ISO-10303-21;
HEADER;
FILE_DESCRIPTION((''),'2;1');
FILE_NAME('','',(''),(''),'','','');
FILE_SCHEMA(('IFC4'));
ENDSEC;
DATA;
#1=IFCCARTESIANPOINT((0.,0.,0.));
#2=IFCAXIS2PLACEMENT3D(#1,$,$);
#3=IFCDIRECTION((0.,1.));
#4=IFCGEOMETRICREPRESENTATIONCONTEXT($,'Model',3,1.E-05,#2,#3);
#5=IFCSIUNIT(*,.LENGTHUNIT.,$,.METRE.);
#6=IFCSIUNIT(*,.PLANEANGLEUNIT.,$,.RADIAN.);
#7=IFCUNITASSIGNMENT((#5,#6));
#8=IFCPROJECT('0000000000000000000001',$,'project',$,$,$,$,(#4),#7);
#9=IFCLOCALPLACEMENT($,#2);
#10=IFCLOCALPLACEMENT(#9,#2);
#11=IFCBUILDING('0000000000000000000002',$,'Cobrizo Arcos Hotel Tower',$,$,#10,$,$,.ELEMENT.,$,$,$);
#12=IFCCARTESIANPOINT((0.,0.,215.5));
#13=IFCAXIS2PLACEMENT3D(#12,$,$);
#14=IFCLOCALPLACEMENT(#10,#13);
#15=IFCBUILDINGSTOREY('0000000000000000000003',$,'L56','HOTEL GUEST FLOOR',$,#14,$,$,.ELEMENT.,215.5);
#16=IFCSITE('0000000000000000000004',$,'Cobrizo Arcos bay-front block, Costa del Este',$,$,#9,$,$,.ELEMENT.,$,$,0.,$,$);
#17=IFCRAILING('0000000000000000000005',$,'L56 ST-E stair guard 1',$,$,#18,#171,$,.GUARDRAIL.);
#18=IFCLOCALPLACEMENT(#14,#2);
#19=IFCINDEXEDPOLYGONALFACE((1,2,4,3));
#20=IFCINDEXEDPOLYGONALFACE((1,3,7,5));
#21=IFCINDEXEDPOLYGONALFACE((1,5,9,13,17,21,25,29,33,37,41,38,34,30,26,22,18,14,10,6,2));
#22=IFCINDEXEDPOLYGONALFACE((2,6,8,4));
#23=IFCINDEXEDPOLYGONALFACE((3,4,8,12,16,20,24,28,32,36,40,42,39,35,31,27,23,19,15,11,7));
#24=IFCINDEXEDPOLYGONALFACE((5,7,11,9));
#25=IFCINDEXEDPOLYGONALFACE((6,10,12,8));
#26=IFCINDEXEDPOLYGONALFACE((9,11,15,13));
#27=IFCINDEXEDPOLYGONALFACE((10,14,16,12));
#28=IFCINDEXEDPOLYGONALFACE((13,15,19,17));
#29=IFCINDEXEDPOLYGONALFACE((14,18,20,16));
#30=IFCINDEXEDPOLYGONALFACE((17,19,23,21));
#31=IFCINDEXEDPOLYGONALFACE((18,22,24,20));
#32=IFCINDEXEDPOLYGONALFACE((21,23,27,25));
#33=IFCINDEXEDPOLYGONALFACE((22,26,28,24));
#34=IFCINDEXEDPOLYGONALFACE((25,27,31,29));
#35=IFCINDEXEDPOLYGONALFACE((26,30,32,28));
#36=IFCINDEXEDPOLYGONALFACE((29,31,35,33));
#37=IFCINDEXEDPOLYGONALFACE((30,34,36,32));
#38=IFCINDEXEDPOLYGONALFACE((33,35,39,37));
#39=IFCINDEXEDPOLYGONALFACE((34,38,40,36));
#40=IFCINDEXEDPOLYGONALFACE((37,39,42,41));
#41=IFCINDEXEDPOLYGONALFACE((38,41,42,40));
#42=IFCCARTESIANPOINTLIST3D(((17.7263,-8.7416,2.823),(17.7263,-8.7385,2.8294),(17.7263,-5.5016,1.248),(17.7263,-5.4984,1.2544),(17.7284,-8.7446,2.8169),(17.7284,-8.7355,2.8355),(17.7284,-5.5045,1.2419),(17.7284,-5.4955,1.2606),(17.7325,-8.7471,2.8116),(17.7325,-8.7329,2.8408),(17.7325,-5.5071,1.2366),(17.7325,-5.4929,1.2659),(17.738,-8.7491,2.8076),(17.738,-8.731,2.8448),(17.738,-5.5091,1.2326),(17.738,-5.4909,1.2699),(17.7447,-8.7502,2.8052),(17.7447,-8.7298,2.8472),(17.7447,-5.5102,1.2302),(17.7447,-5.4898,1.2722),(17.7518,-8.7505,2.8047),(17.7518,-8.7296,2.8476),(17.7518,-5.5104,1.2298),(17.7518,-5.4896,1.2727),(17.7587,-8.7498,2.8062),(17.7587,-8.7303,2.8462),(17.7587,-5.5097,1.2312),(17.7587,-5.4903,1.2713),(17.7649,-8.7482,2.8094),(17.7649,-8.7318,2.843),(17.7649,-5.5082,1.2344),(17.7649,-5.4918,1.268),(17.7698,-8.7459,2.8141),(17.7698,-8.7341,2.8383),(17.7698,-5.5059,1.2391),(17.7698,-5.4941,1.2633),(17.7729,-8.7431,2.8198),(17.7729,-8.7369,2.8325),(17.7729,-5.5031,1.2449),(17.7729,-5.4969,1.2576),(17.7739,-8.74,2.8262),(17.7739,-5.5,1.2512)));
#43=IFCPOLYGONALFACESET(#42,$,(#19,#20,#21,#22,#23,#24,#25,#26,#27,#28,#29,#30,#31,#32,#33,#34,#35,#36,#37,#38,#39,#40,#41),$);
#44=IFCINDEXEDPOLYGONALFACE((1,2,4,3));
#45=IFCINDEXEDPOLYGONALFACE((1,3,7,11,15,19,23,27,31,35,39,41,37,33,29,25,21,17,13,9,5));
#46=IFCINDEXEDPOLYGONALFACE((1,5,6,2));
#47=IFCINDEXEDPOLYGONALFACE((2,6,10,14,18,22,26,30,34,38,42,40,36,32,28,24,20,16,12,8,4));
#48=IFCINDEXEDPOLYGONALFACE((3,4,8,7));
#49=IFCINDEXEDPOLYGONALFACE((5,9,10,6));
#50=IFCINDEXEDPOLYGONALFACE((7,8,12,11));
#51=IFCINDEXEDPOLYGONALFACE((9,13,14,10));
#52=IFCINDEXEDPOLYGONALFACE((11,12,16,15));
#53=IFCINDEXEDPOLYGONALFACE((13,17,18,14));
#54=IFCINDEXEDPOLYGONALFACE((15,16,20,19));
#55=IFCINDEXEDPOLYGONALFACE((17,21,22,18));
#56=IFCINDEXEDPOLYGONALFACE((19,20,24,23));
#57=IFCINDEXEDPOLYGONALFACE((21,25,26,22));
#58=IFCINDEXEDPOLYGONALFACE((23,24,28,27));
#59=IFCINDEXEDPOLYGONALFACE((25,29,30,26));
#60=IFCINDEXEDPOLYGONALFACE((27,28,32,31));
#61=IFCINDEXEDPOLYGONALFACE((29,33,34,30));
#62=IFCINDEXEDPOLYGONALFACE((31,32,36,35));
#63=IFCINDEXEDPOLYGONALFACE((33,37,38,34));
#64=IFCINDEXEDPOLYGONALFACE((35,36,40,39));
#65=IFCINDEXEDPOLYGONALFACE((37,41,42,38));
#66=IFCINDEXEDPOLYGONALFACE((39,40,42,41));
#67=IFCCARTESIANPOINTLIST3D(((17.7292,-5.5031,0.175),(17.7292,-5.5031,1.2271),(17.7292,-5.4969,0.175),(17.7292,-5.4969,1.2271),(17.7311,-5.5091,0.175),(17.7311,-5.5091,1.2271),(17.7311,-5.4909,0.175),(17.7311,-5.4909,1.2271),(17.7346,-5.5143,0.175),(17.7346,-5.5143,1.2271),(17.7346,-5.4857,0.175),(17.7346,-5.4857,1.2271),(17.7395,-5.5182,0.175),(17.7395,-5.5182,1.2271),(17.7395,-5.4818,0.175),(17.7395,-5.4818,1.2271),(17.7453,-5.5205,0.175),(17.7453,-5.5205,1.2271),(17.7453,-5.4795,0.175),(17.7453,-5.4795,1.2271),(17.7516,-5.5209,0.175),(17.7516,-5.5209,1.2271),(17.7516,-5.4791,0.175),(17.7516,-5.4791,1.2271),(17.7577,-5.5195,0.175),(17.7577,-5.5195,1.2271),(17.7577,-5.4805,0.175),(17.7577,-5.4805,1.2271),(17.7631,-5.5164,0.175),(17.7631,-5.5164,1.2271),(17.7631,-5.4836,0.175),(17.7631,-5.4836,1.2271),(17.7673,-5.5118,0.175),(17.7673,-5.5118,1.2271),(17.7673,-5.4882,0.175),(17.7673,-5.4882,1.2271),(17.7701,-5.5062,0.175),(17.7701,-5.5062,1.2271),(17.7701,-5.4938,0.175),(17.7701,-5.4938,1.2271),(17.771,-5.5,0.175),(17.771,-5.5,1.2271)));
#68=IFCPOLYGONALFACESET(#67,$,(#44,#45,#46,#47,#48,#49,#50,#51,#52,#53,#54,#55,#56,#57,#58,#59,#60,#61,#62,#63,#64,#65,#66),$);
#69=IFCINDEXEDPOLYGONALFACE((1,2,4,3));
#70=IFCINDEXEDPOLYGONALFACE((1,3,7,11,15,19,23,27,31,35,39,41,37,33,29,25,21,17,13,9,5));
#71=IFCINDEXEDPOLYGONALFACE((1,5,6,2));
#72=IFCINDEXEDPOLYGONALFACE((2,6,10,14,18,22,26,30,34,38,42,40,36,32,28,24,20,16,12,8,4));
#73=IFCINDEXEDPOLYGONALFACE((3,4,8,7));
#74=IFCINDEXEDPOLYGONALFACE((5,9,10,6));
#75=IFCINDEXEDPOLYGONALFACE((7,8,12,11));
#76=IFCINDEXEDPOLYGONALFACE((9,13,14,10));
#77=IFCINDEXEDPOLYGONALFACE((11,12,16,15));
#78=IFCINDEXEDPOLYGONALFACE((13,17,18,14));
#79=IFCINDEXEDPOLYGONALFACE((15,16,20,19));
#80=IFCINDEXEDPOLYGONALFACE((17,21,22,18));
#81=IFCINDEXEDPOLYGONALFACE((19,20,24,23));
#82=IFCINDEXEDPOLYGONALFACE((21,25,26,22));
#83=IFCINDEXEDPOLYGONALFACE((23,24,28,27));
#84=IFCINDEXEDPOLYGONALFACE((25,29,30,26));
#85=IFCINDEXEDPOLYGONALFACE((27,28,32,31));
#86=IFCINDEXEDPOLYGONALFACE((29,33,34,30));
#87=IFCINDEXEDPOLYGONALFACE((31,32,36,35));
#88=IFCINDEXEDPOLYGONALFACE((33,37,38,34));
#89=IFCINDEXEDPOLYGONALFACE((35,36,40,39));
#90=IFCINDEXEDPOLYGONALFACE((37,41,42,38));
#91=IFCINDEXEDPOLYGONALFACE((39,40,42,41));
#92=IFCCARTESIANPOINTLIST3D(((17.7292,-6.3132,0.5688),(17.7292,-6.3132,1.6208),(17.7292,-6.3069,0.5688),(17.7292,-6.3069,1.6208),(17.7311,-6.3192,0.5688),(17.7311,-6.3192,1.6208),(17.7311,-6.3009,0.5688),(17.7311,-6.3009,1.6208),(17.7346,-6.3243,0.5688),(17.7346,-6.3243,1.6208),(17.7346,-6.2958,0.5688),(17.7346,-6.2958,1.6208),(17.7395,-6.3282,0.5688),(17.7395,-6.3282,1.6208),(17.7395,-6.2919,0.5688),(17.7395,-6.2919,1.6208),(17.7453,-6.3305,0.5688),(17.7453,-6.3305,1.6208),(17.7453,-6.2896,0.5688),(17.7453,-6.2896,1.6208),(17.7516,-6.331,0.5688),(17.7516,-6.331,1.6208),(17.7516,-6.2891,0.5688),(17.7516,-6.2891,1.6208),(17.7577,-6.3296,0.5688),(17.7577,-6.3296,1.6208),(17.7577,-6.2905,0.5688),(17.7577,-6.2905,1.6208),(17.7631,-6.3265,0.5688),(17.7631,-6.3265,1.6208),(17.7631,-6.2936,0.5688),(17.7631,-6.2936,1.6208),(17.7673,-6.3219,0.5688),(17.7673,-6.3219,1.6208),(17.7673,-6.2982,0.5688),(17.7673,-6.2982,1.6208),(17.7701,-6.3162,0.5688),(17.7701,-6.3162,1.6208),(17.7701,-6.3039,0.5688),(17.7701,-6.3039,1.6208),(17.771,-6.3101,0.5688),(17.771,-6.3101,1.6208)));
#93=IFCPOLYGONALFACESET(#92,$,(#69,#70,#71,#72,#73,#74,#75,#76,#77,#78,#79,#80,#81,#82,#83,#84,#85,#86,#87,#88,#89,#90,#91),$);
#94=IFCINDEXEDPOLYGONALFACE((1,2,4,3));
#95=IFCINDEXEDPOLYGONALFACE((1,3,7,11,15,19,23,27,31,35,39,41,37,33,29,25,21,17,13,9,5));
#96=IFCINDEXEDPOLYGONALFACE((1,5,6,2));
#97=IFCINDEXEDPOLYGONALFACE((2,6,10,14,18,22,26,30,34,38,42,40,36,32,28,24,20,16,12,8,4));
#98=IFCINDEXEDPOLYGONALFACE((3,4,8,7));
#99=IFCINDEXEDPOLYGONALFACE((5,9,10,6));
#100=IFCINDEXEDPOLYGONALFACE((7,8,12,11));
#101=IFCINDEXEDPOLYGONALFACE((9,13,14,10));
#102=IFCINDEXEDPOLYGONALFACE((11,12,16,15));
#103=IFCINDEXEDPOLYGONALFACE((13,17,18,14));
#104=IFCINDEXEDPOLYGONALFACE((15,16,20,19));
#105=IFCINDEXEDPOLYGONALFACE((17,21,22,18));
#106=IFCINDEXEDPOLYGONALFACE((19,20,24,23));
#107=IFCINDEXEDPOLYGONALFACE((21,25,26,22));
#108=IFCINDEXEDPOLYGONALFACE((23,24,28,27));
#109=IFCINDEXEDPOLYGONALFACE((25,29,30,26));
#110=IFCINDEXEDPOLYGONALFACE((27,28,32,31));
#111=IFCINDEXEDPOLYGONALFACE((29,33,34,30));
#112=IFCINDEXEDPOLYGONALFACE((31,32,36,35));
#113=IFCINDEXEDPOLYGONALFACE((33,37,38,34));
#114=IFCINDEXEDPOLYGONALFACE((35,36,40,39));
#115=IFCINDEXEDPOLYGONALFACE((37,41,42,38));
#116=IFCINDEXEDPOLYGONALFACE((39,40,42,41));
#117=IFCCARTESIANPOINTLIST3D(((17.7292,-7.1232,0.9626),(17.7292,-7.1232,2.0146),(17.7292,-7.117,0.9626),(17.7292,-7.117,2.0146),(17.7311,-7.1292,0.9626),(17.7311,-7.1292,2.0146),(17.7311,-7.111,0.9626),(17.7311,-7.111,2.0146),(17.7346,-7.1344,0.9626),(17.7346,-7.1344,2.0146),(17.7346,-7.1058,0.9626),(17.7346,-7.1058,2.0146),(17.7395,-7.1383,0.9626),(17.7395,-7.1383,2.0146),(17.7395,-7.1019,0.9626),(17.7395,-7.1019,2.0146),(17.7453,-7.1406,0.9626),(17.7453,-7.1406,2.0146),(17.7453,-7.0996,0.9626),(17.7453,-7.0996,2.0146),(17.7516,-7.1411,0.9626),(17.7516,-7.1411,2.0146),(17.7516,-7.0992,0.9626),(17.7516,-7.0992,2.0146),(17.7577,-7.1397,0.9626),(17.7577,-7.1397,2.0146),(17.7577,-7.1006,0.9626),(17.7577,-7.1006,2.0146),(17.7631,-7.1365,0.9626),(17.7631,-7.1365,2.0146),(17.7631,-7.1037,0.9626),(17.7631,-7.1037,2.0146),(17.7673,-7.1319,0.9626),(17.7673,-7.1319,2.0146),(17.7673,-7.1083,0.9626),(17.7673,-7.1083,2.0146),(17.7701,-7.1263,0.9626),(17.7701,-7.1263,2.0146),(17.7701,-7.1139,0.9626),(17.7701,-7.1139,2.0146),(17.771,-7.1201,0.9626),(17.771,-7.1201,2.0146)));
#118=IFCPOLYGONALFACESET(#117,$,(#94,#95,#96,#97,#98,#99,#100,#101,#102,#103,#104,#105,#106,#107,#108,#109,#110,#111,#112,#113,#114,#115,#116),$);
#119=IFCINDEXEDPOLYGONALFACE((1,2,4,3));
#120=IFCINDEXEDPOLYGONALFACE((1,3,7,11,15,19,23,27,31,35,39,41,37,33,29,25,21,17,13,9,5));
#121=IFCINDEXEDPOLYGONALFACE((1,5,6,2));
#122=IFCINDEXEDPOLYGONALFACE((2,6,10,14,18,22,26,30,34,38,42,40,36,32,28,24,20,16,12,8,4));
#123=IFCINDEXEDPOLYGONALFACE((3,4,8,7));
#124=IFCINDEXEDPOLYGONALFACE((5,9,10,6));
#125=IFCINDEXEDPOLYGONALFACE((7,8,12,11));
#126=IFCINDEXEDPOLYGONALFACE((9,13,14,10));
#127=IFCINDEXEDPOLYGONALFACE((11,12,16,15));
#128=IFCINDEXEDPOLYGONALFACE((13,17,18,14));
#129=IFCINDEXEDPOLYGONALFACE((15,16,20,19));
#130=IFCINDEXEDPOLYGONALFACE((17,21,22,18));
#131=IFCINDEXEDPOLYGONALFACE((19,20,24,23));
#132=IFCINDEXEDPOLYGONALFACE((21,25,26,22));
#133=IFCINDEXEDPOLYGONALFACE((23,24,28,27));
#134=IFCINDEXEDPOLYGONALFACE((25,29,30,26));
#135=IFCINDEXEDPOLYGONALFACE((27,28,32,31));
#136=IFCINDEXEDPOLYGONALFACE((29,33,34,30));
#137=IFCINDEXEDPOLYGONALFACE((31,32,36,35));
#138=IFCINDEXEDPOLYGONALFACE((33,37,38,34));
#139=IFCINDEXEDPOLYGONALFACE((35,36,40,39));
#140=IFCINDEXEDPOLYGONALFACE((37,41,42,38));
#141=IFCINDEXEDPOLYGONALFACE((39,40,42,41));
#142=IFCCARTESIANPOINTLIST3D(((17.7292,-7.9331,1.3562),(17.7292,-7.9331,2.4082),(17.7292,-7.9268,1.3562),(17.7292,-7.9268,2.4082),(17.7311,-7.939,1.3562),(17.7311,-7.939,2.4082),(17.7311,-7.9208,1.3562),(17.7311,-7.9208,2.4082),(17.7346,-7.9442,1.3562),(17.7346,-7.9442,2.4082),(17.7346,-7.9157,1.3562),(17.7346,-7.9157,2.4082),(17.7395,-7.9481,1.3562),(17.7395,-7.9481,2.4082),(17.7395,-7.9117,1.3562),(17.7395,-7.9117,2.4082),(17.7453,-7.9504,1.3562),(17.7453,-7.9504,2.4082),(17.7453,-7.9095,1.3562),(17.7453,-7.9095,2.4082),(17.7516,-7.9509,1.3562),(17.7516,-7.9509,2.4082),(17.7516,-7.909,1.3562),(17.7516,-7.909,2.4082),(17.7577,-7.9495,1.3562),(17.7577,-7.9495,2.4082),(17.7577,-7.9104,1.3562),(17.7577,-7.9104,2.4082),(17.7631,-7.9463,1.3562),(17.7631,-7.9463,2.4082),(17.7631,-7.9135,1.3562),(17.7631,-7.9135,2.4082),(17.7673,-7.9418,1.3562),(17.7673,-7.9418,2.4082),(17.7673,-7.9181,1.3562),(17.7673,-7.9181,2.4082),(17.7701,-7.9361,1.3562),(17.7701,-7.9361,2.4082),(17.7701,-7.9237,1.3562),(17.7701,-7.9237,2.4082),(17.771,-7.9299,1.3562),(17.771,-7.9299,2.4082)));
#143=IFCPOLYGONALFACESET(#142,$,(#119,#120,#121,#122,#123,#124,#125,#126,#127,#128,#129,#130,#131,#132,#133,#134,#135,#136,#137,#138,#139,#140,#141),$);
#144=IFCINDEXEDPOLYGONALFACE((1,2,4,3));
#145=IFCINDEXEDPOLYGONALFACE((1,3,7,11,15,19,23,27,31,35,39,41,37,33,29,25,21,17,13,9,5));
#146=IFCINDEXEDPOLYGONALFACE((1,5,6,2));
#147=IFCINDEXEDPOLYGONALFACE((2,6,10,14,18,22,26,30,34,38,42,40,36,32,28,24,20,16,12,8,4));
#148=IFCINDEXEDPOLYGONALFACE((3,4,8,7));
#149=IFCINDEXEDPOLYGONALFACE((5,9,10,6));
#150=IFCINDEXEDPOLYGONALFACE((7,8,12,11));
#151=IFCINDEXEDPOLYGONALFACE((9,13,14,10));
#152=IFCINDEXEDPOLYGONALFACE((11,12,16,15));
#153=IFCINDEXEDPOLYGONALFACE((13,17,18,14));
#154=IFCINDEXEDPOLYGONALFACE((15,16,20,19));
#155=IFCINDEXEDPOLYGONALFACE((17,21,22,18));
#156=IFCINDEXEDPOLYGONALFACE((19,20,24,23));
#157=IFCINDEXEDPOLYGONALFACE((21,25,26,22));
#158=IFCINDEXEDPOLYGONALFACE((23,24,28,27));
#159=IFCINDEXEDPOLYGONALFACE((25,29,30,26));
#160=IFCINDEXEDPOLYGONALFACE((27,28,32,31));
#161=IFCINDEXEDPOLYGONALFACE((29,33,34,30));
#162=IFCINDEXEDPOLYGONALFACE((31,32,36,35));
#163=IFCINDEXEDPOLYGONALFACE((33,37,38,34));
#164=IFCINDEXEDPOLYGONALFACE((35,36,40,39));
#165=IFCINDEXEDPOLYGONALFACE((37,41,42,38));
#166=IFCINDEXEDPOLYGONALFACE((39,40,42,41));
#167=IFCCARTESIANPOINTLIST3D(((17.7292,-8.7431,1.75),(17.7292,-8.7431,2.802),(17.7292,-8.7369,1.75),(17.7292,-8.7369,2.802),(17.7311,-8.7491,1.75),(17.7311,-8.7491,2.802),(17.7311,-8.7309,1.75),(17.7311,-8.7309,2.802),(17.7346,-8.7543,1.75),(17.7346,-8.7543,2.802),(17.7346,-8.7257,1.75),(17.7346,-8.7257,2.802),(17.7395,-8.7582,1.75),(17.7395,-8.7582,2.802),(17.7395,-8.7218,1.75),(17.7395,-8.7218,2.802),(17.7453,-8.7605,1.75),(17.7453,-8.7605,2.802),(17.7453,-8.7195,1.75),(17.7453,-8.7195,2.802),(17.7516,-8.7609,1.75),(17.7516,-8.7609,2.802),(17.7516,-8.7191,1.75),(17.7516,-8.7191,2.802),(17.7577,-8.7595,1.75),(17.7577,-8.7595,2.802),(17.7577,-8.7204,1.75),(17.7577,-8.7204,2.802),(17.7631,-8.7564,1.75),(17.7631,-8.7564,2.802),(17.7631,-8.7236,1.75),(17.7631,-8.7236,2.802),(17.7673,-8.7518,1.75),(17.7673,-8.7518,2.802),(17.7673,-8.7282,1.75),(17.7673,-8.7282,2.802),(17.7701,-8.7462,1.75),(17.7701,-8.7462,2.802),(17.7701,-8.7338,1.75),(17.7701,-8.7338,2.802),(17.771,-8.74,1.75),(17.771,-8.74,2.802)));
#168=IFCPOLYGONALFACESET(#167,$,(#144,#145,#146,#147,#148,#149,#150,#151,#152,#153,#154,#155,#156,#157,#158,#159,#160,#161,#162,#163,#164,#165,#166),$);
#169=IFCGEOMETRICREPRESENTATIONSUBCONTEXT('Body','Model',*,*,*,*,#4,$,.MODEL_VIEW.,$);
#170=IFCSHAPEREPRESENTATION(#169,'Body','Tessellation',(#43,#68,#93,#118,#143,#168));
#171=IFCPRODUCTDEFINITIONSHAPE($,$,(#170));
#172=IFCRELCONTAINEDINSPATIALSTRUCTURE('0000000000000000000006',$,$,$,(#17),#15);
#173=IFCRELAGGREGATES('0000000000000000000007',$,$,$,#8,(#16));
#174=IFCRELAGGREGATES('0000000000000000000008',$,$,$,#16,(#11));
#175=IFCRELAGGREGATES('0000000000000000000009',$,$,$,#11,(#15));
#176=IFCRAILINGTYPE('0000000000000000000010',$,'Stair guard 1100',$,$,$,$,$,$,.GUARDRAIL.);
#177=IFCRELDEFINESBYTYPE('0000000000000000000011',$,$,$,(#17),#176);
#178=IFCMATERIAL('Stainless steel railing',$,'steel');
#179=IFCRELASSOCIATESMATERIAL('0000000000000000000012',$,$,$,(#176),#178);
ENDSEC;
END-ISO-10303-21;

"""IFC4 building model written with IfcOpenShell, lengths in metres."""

from ifc_helpers import new_model, si_unit, direction, frame, origin, origin_2d, place, context, subcontext, project, spatial, circle, extrude, material, type_object, element, save


model = new_model("IFC4")

# Units and contexts
model_context = context("Model", 3, precision=1e-05, world=origin(), true_north=direction((0.0, 1.0)))
body_context = subcontext(model_context, "Body", "Model", "MODEL_VIEW")
ifc_project = project(units=[si_unit("LENGTHUNIT", "METRE"), si_unit("PLANEANGLEUNIT", "RADIAN")], contexts=[model_context])

# Site, building, storey
site_placement = place(None, origin())
site = spatial("IfcSite", under=ifc_project, at=site_placement, Name="Cobrizo Arcos bay-front block, Costa del Este", CompositionType="ELEMENT", RefElevation=0.0)
building_placement = place(site_placement, origin())
building = spatial("IfcBuilding", under=site, at=building_placement, Name="Cobrizo Arcos Hotel Tower", CompositionType="ELEMENT")
storey_placement = place(building_placement, frame((0.0, 0.0, 215.5)))
storey = spatial("IfcBuildingStorey", under=building, at=storey_placement, Name="L56", Description="HOTEL GUEST FLOOR", CompositionType="ELEMENT", Elevation=215.5)

# Railing
ifc_material_1 = material(Name="Stainless steel railing", Category="steel")
railing_type_1 = type_object("IfcRailingType", Name="Stair guard 1100", PredefinedType="GUARDRAIL", material=ifc_material_1)
railing_1_placement = place(storey_placement, frame((17.75, -5.5, 0.175)))
element("IfcRailing", 1, at=railing_1_placement, inside=storey, type_object=railing_type_1, Name="L56 ST-E stair guard 1", PredefinedType="GUARDRAIL", context=body_context, shape_type="SweptSolid", body=[
    extrude(circle(Radius=0.0239, at=origin_2d()), frame((0.0, 0.0, 1.0762), z_axis=(0.0, -0.899373, 0.437183), x_axis=(1.0, 0.0, 0.0)), (0.0, 0.0, 1.0), 3.6025),
    extrude(circle(Radius=0.021, at=origin_2d()), origin(), (0.0, 0.0, 1.0), 1.052),
    extrude(circle(Radius=0.021, at=origin_2d()), frame((0.0, -0.8101, 0.3938)), (0.0, 0.0, 1.0), 1.052),
    extrude(circle(Radius=0.021, at=origin_2d()), frame((0.0, -1.6201, 0.7876)), (0.0, 0.0, 1.0), 1.052),
    extrude(circle(Radius=0.021, at=origin_2d()), frame((0.0, -2.4299, 1.1812)), (0.0, 0.0, 1.0), 1.052),
    extrude(circle(Radius=0.021, at=origin_2d()), frame((0.0, -3.24, 1.575)), (0.0, 0.0, 1.0), 1.052),
])

save(model, "model.ifc")
